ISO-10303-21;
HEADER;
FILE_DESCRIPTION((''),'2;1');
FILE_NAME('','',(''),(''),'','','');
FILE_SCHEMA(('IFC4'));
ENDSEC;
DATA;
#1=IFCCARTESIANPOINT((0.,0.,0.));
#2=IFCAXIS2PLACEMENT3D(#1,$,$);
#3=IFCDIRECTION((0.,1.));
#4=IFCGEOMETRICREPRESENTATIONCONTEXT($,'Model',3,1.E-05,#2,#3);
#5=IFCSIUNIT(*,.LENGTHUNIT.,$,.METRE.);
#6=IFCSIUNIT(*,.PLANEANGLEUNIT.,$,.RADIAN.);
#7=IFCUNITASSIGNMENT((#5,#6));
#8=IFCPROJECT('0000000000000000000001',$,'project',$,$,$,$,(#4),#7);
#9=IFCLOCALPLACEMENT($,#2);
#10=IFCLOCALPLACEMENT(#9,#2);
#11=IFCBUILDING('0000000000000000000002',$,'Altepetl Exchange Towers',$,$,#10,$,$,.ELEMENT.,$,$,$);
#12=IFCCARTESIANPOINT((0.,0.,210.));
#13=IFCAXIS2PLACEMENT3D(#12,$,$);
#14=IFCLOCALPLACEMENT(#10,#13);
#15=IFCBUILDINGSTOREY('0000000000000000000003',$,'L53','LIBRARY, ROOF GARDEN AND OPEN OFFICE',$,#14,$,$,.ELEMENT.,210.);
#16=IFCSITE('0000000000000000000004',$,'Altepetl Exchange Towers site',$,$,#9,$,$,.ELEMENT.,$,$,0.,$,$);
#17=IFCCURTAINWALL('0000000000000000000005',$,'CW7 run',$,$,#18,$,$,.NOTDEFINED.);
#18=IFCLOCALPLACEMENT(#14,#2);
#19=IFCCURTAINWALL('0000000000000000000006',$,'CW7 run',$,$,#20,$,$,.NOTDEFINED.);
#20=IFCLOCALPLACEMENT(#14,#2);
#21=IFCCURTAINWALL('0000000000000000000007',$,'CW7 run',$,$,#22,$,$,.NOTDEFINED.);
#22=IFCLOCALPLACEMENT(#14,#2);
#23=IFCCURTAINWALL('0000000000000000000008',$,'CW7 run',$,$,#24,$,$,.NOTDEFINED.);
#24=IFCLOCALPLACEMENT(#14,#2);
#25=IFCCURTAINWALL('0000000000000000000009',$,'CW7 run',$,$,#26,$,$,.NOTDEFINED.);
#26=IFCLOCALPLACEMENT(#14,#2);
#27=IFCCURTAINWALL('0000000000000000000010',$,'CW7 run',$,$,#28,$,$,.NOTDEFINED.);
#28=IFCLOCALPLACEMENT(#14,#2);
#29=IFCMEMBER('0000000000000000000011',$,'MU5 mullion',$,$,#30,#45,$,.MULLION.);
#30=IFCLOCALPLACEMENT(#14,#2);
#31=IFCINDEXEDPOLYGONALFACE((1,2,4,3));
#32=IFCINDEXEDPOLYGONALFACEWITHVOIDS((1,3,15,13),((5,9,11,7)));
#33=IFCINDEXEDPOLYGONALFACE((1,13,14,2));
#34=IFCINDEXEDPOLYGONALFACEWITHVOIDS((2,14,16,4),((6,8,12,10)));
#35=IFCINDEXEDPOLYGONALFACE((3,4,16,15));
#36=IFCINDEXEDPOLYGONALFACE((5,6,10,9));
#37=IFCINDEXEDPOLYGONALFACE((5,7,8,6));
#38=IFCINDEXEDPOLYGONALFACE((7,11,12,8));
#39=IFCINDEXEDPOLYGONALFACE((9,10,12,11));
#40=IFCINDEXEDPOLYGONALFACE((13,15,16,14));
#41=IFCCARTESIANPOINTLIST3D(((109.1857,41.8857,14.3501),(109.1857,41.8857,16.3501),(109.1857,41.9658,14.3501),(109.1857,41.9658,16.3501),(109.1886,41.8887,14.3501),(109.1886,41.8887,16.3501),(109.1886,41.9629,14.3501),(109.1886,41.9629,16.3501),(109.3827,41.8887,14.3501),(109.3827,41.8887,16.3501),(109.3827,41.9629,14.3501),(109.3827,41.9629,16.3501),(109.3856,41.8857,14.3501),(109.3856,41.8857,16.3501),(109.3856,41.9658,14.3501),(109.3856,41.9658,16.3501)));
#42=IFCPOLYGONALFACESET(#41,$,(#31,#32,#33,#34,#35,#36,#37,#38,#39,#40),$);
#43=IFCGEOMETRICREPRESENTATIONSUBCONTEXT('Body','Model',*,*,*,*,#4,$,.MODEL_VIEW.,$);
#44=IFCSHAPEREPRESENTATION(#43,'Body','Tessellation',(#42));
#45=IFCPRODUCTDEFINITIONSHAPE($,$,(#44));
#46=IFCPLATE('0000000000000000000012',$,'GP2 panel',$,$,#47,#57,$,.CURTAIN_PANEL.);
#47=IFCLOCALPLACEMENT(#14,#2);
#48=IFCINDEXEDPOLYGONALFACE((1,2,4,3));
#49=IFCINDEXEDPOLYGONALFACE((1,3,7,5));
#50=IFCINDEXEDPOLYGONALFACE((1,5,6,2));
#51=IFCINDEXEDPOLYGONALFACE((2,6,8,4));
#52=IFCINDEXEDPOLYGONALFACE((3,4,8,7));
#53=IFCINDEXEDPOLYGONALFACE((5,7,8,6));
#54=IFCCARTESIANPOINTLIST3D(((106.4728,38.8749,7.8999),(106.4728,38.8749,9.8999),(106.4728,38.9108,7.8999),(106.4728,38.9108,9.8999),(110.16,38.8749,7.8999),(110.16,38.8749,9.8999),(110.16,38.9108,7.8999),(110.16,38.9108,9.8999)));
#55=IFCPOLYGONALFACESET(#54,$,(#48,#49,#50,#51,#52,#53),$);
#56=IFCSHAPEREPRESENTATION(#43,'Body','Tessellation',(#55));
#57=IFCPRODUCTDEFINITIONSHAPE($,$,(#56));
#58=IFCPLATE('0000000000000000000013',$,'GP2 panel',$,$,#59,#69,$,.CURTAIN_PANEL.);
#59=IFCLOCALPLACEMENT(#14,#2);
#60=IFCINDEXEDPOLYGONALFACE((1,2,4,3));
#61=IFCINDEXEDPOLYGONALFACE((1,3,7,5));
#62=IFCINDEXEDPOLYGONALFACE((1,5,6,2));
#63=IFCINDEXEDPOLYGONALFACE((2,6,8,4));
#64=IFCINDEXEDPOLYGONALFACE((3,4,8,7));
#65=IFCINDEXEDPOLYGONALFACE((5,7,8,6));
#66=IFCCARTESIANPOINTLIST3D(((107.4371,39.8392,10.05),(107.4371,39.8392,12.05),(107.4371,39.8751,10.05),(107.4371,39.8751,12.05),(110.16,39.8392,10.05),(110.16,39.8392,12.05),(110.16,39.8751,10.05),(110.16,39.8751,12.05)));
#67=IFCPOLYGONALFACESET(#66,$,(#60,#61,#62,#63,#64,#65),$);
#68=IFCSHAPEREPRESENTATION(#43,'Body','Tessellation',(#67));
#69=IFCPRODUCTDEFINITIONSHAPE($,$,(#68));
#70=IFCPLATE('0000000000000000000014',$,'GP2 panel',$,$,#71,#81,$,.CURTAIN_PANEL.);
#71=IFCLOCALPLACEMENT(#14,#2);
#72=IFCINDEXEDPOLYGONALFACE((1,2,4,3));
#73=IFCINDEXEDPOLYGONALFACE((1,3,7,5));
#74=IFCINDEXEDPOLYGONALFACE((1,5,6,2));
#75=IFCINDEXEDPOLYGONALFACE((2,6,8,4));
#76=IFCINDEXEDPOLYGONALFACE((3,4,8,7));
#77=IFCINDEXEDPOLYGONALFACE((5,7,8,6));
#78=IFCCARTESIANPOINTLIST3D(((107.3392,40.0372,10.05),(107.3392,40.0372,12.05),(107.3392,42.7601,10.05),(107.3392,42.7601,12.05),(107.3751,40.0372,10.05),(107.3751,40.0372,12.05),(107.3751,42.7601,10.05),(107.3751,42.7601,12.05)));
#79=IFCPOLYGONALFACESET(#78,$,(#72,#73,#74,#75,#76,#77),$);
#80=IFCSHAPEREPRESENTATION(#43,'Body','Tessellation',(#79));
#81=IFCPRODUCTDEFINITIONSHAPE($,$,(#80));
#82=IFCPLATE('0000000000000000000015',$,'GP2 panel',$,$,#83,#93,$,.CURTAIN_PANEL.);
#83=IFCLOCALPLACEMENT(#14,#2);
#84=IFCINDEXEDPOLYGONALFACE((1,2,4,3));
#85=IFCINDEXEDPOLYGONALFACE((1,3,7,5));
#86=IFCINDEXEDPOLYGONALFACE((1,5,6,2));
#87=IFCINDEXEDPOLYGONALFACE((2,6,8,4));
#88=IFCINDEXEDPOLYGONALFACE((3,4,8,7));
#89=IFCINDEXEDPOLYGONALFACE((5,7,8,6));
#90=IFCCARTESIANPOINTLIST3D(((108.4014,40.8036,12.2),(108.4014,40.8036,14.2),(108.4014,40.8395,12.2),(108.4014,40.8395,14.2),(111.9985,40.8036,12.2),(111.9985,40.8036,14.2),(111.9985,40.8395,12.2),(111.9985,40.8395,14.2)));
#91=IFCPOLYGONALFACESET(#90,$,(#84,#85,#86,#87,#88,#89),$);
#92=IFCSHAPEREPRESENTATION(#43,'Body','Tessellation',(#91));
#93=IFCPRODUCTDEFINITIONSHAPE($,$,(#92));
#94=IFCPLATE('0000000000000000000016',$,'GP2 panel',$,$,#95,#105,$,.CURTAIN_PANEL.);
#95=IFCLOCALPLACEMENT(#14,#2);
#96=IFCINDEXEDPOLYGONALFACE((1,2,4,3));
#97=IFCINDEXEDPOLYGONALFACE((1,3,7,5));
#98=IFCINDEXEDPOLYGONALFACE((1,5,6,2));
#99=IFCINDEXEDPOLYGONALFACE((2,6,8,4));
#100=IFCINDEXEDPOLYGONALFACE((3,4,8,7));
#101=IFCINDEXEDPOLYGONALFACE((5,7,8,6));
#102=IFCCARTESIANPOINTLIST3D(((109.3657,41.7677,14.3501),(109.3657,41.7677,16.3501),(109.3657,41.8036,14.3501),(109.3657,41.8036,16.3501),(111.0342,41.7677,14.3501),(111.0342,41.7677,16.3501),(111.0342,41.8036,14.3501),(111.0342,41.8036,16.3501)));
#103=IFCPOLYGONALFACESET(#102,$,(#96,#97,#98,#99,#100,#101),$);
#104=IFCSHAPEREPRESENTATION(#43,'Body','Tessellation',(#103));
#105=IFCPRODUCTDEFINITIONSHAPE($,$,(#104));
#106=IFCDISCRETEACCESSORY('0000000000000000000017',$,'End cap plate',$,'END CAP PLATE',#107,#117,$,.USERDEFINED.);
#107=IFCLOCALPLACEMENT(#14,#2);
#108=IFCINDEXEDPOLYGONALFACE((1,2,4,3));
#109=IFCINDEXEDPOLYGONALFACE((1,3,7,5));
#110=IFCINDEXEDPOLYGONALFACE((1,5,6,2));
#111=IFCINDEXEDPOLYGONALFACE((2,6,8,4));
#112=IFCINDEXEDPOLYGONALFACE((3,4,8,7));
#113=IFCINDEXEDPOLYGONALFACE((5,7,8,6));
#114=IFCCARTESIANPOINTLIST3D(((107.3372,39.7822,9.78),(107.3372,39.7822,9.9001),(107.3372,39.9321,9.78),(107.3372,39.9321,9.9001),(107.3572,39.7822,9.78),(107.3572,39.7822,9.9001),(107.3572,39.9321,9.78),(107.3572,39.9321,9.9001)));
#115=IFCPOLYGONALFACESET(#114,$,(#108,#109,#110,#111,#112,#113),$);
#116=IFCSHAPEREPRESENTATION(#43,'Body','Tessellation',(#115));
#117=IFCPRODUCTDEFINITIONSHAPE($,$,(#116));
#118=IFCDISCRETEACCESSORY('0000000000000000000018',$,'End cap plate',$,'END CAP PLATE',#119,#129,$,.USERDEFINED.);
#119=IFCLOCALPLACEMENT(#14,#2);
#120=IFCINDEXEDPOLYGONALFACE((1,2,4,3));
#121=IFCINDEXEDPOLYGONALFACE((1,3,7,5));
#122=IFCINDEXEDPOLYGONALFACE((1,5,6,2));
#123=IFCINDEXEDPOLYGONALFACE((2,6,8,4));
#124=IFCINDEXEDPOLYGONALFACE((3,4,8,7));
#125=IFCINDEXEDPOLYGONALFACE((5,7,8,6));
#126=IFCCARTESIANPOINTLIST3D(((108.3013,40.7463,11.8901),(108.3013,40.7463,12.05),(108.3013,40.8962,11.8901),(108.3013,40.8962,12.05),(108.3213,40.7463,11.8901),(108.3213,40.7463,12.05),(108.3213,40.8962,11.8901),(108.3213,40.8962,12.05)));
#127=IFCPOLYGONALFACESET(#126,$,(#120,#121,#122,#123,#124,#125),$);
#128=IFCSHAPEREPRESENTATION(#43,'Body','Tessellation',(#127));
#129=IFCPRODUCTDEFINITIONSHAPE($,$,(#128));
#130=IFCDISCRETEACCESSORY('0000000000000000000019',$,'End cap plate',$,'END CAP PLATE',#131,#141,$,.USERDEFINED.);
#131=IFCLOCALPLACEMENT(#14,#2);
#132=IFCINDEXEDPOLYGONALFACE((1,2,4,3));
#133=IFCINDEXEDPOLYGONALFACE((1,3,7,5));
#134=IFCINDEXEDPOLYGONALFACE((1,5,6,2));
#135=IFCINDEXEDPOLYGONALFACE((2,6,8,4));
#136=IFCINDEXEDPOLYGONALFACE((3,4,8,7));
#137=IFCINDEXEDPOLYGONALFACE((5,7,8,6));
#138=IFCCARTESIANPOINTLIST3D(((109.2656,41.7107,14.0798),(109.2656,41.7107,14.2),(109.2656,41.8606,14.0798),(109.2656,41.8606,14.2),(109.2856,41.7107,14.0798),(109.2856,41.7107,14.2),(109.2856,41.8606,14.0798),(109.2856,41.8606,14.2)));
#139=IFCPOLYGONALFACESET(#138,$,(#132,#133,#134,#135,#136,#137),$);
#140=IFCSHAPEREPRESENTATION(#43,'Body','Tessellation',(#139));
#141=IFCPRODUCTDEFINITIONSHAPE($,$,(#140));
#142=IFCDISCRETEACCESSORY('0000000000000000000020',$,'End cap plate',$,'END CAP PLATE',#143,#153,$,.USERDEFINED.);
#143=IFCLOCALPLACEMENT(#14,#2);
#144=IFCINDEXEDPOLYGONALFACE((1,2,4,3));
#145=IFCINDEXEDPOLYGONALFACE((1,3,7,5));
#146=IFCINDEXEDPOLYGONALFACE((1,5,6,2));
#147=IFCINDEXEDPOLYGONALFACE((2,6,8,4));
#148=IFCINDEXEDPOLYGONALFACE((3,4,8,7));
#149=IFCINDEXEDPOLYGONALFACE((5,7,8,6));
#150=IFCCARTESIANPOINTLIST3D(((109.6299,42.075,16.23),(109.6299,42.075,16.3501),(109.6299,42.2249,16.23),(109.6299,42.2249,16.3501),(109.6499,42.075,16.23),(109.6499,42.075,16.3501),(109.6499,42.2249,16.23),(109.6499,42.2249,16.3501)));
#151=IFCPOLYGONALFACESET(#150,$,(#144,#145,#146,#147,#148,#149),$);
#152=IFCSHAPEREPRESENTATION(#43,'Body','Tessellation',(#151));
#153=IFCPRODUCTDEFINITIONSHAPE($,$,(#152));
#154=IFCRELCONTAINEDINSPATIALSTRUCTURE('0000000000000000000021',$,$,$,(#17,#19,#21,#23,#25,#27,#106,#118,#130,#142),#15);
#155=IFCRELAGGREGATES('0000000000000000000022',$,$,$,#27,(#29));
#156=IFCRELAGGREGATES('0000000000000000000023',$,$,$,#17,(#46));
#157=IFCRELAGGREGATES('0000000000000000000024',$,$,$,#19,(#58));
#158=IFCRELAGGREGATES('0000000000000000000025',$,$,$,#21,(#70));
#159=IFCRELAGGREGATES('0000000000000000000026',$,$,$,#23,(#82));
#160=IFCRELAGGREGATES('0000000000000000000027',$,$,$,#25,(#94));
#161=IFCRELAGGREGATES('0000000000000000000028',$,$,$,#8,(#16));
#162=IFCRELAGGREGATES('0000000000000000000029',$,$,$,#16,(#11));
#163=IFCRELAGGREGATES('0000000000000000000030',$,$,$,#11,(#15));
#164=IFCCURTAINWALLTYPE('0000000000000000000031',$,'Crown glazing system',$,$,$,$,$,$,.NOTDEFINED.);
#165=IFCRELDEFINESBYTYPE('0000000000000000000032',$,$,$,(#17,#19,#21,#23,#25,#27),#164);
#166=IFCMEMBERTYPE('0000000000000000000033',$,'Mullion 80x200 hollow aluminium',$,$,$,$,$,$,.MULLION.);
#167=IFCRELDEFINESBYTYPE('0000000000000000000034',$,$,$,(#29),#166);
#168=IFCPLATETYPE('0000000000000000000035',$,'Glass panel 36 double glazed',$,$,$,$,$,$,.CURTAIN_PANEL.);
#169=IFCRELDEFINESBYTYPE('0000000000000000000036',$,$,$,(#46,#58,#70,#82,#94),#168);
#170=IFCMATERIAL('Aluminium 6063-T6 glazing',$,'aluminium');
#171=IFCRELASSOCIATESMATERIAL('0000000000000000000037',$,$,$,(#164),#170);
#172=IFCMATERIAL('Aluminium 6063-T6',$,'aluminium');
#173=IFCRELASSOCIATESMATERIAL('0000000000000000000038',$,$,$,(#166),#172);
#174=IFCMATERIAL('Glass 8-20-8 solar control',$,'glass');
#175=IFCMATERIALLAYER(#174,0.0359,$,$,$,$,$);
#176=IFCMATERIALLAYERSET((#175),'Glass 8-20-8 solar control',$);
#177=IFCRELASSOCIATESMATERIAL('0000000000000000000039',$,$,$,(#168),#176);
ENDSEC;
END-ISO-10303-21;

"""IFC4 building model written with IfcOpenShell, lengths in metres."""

from ifc_helpers import new_model, si_unit, direction, frame, origin, origin_2d, place, context, subcontext, project, spatial, rectangle, hollow_rectangle, extrude, material, layer, layer_set, material_profile, profile_set, type_object, element, aggregate, save


model = new_model("IFC4")

# Units and contexts
model_context = context("Model", 3, precision=1e-05, world=origin(), true_north=direction((0.0, 1.0)))
body_context = subcontext(model_context, "Body", "Model", "MODEL_VIEW")
ifc_project = project(units=[si_unit("LENGTHUNIT", "METRE"), si_unit("PLANEANGLEUNIT", "RADIAN")], contexts=[model_context])

# Site, building, storey
site_placement = place(None, origin())
site = spatial("IfcSite", under=ifc_project, at=site_placement, Name="Altepetl Exchange Towers site", CompositionType="ELEMENT", RefElevation=0.0)
building_placement = place(site_placement, origin())
building = spatial("IfcBuilding", under=site, at=building_placement, Name="Altepetl Exchange Towers", CompositionType="ELEMENT")
storey_placement = place(building_placement, frame((0.0, 0.0, 210.0)))
storey = spatial("IfcBuildingStorey", under=building, at=storey_placement, Name="L53", Description="LIBRARY, ROOF GARDEN AND OPEN OFFICE", CompositionType="ELEMENT", Elevation=210.0)

# Curtain wall
ifc_material_1 = material(Name="Aluminium 6063-T6 glazing", Category="aluminium")
curtain_wall_type = type_object("IfcCurtainWallType", Name="Crown glazing system", PredefinedType="NOTDEFINED", material=ifc_material_1)
curtain_wall_1_placement = place(storey_placement, origin())
curtain_wall_1 = element("IfcCurtainWall", 1, at=curtain_wall_1_placement, inside=storey, type_object=curtain_wall_type, Name="CW7 run", PredefinedType="NOTDEFINED")
ifc_material_2 = material(Name="Aluminium 6063-T6", Category="aluminium")
ifc_material_profile_1 = material_profile(ifc_material_2, hollow_rectangle(XDim=0.0801, YDim=0.2, WallThickness=0.0029, at=origin_2d()), Name="Mullion 80x200 hollow aluminium")
ifc_profile_set_1 = profile_set([ifc_material_profile_1], Name="Aluminium 6063-T6")
member_type = type_object("IfcMemberType", Name="Mullion 80x200 hollow aluminium", PredefinedType="MULLION", material=ifc_profile_set_1)

# Curtain wall
curtain_wall_2_placement = place(storey_placement, origin())
curtain_wall_2 = element("IfcCurtainWall", 2, at=curtain_wall_2_placement, inside=storey, type_object=curtain_wall_type, Name="CW7 run", PredefinedType="NOTDEFINED")

# Curtain walls, member
curtain_wall_3_placement = place(storey_placement, origin())
curtain_wall_3 = element("IfcCurtainWall", 3, at=curtain_wall_3_placement, inside=storey, type_object=curtain_wall_type, Name="CW7 run", PredefinedType="NOTDEFINED")
curtain_wall_4_placement = place(storey_placement, origin())
curtain_wall_4 = element("IfcCurtainWall", 4, at=curtain_wall_4_placement, inside=storey, type_object=curtain_wall_type, Name="CW7 run", PredefinedType="NOTDEFINED")
curtain_wall_5_placement = place(storey_placement, origin())
curtain_wall_5 = element("IfcCurtainWall", 5, at=curtain_wall_5_placement, inside=storey, type_object=curtain_wall_type, Name="CW7 run", PredefinedType="NOTDEFINED")
curtain_wall_6_placement = place(storey_placement, origin())
curtain_wall_6 = element("IfcCurtainWall", 6, at=curtain_wall_6_placement, inside=storey, type_object=curtain_wall_type, Name="CW7 run", PredefinedType="NOTDEFINED")
member_1_placement = place(storey_placement, frame((109.2856, 41.9258, 14.3501), z_axis=(0.0, 0.0, 1.0), x_axis=(0.0, -1.0, 0.0)))
member_1 = element("IfcMember", 7, at=member_1_placement, type_object=member_type, Name="MU5 mullion", PredefinedType="MULLION", context=body_context, shape_type="SweptSolid", body=[
    extrude(hollow_rectangle(XDim=0.0801, YDim=0.2, WallThickness=0.0029, at=origin_2d()), origin(), (0.0, 0.0, 1.0), 2.0),
])
aggregate(curtain_wall_6, [member_1])

# Plates
ifc_material_3 = material(Name="Glass 8-20-8 solar control", Category="glass")
ifc_layer = layer(ifc_material_3, 0.0359)
ifc_layer_set = layer_set([ifc_layer], Name="Glass 8-20-8 solar control")
plate_type = type_object("IfcPlateType", Name="Glass panel 36 double glazed", PredefinedType="CURTAIN_PANEL", material=ifc_layer_set)
plate_1_placement = place(storey_placement, frame((108.3164, 38.8928, 7.8999)))
plate_1 = element("IfcPlate", 8, at=plate_1_placement, type_object=plate_type, Name="GP2 panel", PredefinedType="CURTAIN_PANEL", context=body_context, shape_type="SweptSolid", body=[
    extrude(rectangle(XDim=3.6873, YDim=0.0359, at=origin_2d()), origin(), (0.0, 0.0, 1.0), 2.0),
])
aggregate(curtain_wall_1, [plate_1])
plate_2_placement = place(storey_placement, frame((108.7986, 39.8572, 10.05)))
plate_2 = element("IfcPlate", 9, at=plate_2_placement, type_object=plate_type, Name="GP2 panel", PredefinedType="CURTAIN_PANEL", context=body_context, shape_type="SweptSolid", body=[
    extrude(rectangle(XDim=2.7229, YDim=0.0359, at=origin_2d()), origin(), (0.0, 0.0, 1.0), 2.0),
])
aggregate(curtain_wall_2, [plate_2])
plate_3_placement = place(storey_placement, frame((107.3572, 41.3987, 10.05), z_axis=(0.0, 0.0, 1.0), x_axis=(0.0, -1.0, 0.0)))
plate_3 = element("IfcPlate", 10, at=plate_3_placement, type_object=plate_type, Name="GP2 panel", PredefinedType="CURTAIN_PANEL", context=body_context, shape_type="SweptSolid", body=[
    extrude(rectangle(XDim=2.7229, YDim=0.0359, at=origin_2d()), origin(), (0.0, 0.0, 1.0), 2.0),
])
aggregate(curtain_wall_3, [plate_3])
plate_4_placement = place(storey_placement, frame((110.2, 40.8215, 12.2)))
plate_4 = element("IfcPlate", 11, at=plate_4_placement, type_object=plate_type, Name="GP2 panel", PredefinedType="CURTAIN_PANEL", context=body_context, shape_type="SweptSolid", body=[
    extrude(rectangle(XDim=3.5972, YDim=0.0359, at=origin_2d()), origin(), (0.0, 0.0, 1.0), 2.0),
])
aggregate(curtain_wall_4, [plate_4])
plate_5_placement = place(storey_placement, frame((110.2, 41.7856, 14.3501)))
plate_5 = element("IfcPlate", 12, at=plate_5_placement, type_object=plate_type, Name="GP2 panel", PredefinedType="CURTAIN_PANEL", context=body_context, shape_type="SweptSolid", body=[
    extrude(rectangle(XDim=1.6685, YDim=0.0359, at=origin_2d()), origin(), (0.0, 0.0, 1.0), 2.0),
])
aggregate(curtain_wall_5, [plate_5])

# Discrete accessories
discrete_accessory_1_placement = place(storey_placement, frame((107.3472, 39.8572, 9.78), z_axis=(0.0, 0.0, 1.0), x_axis=(-1.0, 0.0, 0.0)))
element("IfcDiscreteAccessory", 13, at=discrete_accessory_1_placement, inside=storey, Name="End cap plate", ObjectType="END CAP PLATE", PredefinedType="USERDEFINED", context=body_context, shape_type="SweptSolid", body=[
    extrude(rectangle(XDim=0.02, YDim=0.1499, at=origin_2d()), origin(), (0.0, 0.0, 1.0), 0.1201),
])
discrete_accessory_2_placement = place(storey_placement, frame((108.3113, 40.8213, 11.8901), z_axis=(0.0, 0.0, 1.0), x_axis=(-1.0, 0.0, 0.0)))
element("IfcDiscreteAccessory", 14, at=discrete_accessory_2_placement, inside=storey, Name="End cap plate", ObjectType="END CAP PLATE", PredefinedType="USERDEFINED", context=body_context, shape_type="SweptSolid", body=[
    extrude(rectangle(XDim=0.02, YDim=0.1499, at=origin_2d()), origin(), (0.0, 0.0, 1.0), 0.1599),
])
for number, where, z_axis, x_axis, name in (
    (15, (109.2756, 41.7856, 14.0798), (0.0, 0.0, 1.0), (-1.0, 0.0, 0.0), "End cap plate"),
    (16, (109.6399, 42.1499, 16.23), (0.0, 0.0, 1.0), (-1.0, 0.0, 0.0), "End cap plate"),
):
    element("IfcDiscreteAccessory", number, at=place(storey_placement, frame(where, z_axis=z_axis, x_axis=x_axis)), inside=storey, Name=name, ObjectType="END CAP PLATE", PredefinedType="USERDEFINED", context=body_context, shape_type="SweptSolid", body=[
        extrude(rectangle(XDim=0.02, YDim=0.1499, at=origin_2d()), origin(), (0.0, 0.0, 1.0), 0.1201),
    ])

save(model, "model.ifc")
